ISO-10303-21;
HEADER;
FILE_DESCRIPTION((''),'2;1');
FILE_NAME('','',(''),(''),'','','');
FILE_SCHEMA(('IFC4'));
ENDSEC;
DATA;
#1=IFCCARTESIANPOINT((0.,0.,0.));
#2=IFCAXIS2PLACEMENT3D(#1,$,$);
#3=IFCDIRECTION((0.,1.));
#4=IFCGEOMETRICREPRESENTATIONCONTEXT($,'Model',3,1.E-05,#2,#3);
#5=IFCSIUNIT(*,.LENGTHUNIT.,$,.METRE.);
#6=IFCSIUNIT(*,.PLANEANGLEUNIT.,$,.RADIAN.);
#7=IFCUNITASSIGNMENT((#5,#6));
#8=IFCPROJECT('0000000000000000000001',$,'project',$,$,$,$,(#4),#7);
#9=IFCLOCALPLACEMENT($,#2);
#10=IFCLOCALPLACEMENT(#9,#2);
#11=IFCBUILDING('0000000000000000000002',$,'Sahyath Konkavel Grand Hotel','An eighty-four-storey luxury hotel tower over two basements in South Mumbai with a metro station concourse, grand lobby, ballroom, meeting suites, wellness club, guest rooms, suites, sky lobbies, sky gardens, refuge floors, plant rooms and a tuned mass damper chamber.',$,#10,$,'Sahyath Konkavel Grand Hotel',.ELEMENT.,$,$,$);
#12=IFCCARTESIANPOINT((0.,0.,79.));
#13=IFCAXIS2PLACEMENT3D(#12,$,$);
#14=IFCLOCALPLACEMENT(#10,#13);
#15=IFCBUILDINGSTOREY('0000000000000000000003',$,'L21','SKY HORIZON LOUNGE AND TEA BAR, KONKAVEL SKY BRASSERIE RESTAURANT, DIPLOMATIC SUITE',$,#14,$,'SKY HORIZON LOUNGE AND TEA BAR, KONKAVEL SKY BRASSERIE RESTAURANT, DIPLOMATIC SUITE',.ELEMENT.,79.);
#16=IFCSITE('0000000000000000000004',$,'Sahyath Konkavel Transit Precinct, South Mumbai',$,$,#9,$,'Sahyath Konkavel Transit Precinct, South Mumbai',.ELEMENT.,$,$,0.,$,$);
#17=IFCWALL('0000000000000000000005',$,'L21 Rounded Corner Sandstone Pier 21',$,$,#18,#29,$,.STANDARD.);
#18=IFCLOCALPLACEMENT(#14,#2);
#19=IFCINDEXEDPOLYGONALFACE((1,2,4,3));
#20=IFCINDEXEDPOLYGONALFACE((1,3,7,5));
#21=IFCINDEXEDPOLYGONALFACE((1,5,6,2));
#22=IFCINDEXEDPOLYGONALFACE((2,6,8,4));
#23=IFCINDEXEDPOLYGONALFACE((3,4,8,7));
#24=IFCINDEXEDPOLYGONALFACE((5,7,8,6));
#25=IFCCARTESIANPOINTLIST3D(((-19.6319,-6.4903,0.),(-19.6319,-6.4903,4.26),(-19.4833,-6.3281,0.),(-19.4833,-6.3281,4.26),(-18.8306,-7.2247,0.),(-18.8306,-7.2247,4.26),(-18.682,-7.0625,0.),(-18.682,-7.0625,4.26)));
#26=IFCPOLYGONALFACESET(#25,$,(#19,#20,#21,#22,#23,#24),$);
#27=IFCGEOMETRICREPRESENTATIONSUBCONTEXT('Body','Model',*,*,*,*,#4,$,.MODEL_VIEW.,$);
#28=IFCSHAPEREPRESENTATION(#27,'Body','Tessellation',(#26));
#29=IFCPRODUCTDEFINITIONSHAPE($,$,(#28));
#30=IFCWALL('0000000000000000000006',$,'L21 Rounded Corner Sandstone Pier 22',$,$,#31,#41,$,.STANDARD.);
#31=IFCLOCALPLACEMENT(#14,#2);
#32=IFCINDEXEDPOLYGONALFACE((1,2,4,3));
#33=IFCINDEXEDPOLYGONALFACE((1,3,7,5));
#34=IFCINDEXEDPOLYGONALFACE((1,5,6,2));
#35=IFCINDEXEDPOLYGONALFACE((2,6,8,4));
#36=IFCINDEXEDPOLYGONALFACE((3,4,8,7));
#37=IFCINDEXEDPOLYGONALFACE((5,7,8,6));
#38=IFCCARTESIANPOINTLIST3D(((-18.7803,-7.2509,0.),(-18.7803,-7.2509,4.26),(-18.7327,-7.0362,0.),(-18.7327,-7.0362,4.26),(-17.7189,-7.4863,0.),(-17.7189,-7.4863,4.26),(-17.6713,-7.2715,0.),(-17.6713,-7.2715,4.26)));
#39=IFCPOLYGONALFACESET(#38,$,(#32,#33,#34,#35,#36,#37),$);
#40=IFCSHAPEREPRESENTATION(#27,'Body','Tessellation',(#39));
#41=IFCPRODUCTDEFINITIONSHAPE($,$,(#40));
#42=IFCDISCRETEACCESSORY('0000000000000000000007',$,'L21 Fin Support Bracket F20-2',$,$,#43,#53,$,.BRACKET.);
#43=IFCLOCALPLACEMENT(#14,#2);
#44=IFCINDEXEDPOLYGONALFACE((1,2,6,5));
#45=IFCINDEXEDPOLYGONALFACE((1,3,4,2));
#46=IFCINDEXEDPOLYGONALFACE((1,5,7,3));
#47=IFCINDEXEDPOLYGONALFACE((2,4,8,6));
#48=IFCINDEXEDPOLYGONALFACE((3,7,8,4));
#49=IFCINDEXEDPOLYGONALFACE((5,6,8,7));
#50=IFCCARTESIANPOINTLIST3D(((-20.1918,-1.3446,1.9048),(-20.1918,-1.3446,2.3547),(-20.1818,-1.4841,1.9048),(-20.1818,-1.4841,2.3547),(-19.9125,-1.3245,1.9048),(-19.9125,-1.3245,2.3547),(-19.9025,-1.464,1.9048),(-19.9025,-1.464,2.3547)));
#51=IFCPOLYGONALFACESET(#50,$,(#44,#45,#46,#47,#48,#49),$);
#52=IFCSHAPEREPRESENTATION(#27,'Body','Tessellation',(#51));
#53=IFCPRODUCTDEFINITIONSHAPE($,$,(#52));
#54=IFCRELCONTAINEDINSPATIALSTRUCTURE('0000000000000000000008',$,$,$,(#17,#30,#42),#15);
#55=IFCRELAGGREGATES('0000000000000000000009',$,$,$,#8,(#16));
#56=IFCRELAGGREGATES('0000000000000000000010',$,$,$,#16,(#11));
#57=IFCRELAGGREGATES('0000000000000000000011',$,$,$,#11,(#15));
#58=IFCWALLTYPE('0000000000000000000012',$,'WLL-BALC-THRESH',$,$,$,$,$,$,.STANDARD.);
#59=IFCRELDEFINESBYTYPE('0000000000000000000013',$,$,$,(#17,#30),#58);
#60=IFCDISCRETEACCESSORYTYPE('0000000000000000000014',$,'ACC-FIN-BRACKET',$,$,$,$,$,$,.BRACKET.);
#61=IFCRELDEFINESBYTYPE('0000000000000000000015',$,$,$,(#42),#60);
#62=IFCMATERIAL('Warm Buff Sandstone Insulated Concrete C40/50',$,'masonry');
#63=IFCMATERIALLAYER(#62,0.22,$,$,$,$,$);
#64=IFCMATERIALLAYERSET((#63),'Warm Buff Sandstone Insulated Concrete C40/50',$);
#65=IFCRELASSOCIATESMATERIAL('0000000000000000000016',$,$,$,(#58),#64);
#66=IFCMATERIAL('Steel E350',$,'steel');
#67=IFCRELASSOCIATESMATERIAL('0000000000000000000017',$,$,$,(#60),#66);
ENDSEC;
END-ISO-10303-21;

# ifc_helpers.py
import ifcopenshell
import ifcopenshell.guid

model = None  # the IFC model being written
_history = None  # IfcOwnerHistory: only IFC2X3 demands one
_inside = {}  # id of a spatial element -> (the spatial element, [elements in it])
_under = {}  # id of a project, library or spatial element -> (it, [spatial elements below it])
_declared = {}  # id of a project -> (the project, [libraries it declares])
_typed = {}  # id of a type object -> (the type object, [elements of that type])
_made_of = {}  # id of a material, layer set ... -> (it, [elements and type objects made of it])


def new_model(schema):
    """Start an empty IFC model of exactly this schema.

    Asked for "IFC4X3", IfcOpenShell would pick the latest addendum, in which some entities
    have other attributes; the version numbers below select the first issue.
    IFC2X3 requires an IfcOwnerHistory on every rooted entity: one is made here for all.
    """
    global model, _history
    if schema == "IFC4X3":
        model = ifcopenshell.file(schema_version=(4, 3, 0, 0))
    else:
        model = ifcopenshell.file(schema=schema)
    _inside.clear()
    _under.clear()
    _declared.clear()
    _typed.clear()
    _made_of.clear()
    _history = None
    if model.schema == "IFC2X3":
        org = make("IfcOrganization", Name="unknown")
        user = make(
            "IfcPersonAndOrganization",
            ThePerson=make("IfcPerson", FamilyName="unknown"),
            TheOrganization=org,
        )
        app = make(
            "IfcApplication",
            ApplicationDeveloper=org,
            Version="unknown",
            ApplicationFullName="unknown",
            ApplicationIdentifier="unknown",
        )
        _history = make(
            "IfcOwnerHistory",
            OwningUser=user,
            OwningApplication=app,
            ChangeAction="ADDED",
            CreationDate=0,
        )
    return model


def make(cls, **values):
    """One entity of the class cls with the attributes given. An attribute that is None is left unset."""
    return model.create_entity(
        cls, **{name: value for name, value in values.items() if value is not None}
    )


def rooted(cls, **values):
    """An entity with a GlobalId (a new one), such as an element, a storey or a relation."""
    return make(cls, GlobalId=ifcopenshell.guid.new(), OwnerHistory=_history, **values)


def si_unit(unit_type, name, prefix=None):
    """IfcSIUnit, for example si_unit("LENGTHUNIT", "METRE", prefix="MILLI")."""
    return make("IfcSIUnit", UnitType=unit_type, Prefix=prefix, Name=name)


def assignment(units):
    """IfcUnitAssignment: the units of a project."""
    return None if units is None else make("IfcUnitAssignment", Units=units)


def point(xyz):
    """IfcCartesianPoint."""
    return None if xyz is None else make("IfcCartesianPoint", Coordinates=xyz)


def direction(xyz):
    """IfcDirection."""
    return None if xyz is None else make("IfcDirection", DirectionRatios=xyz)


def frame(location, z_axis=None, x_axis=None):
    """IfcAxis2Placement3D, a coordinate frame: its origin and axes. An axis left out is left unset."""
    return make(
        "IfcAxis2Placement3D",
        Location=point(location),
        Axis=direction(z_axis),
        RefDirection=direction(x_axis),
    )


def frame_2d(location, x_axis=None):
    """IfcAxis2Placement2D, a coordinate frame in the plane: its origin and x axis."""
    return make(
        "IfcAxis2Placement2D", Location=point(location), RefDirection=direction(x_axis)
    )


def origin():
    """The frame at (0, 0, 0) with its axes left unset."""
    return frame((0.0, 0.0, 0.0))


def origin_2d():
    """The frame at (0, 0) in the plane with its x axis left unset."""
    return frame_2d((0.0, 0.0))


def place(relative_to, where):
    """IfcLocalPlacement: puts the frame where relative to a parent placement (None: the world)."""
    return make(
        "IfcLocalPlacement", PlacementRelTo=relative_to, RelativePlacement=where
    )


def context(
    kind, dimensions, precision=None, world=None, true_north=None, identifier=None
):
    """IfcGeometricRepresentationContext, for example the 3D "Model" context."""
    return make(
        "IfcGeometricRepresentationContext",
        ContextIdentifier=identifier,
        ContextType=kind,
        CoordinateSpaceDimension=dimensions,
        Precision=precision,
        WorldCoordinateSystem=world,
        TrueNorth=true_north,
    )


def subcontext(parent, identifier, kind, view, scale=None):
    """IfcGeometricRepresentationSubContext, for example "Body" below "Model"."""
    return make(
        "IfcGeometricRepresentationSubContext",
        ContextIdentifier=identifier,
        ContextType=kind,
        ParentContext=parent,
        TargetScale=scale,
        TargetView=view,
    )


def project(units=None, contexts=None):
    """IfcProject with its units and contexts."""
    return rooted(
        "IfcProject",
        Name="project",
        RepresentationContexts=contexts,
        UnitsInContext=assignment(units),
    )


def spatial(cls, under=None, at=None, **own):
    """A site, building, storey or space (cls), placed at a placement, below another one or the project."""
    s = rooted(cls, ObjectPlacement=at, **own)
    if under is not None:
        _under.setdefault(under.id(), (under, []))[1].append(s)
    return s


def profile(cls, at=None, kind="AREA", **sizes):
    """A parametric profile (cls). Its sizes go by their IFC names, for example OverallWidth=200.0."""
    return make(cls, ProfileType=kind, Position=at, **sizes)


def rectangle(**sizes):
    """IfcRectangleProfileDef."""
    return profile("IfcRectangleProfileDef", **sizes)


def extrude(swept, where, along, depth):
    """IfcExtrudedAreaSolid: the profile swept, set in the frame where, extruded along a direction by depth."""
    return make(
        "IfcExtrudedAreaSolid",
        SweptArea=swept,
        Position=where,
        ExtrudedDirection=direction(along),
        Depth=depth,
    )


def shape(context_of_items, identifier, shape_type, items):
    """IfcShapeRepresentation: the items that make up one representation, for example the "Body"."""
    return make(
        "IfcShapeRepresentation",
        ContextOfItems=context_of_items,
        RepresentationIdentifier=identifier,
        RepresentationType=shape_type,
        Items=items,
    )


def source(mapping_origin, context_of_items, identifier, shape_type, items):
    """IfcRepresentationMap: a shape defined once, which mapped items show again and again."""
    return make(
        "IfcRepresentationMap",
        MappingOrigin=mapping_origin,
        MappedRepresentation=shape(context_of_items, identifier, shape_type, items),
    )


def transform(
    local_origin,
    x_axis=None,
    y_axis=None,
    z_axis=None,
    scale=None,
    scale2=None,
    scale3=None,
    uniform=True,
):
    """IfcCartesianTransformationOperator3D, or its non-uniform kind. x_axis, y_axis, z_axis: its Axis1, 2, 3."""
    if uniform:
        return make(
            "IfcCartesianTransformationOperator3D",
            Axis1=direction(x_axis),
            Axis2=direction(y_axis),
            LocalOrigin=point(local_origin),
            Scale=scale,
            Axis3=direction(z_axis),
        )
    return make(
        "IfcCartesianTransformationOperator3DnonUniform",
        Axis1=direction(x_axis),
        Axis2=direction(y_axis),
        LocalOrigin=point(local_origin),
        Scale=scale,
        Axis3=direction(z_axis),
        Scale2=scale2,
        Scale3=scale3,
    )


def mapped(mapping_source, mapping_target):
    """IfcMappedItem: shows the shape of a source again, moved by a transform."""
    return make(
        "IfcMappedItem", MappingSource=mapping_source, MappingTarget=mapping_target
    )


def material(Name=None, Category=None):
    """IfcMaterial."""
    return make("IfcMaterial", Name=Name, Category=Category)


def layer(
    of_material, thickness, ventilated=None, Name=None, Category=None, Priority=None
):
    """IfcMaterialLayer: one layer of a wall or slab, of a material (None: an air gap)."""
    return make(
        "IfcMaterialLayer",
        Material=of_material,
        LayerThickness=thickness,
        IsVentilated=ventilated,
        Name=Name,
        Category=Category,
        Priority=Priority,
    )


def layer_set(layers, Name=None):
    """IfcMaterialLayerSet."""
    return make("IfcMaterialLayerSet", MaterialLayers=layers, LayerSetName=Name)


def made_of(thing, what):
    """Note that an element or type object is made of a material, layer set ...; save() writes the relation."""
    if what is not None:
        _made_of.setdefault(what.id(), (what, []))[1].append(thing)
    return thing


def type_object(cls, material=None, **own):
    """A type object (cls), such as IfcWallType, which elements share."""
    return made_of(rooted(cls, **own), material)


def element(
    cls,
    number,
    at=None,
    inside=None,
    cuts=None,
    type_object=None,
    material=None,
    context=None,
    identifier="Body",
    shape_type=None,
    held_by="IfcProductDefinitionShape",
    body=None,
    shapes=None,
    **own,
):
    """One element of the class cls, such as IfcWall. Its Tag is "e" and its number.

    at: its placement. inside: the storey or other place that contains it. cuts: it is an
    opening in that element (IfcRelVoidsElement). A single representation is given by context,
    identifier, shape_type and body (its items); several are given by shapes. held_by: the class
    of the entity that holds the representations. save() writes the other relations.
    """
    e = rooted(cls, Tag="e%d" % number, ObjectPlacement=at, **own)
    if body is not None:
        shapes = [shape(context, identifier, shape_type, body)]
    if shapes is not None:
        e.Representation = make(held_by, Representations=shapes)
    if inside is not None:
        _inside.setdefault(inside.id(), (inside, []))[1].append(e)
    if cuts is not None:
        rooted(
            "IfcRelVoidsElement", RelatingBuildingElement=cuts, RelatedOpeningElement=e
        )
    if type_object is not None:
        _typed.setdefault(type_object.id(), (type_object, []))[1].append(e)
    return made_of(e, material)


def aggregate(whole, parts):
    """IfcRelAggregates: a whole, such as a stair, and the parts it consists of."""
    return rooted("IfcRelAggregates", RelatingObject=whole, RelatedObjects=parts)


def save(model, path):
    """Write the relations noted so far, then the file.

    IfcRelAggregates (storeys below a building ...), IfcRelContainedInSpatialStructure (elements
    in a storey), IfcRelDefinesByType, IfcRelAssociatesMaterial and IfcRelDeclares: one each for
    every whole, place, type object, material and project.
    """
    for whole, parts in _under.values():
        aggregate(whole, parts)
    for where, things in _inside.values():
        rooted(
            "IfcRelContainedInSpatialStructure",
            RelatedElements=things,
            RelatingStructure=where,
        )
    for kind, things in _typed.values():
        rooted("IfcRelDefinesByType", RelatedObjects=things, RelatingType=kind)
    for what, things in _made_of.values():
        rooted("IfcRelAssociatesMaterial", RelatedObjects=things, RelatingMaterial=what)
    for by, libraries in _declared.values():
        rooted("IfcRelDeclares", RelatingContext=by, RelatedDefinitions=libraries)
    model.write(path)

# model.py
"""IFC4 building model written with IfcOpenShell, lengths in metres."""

from ifc_helpers import new_model, si_unit, direction, frame, frame_2d, origin, origin_2d, place, context, subcontext, project, spatial, rectangle, extrude, source, transform, mapped, material, layer, layer_set, type_object, element, save


model = new_model("IFC4")

# Units and contexts
model_context = context("Model", 3, precision=1e-05, world=origin(), true_north=direction((0.0, 1.0)))
body_context = subcontext(model_context, "Body", "Model", "MODEL_VIEW")
ifc_project = project(units=[si_unit("LENGTHUNIT", "METRE"), si_unit("PLANEANGLEUNIT", "RADIAN")], contexts=[model_context])

# Site, building, storey
site_placement = place(None, origin())
site = spatial("IfcSite", under=ifc_project, at=site_placement, Name="Sahyath Konkavel Transit Precinct, South Mumbai", LongName="Sahyath Konkavel Transit Precinct, South Mumbai", CompositionType="ELEMENT", RefElevation=0.0)
building_placement = place(site_placement, origin())
building = spatial("IfcBuilding", under=site, at=building_placement, Name="Sahyath Konkavel Grand Hotel", Description="An eighty-four-storey luxury hotel tower over two basements in South Mumbai with a metro station concourse, grand lobby, ballroom, meeting suites, wellness club, guest rooms, suites, sky lobbies, sky gardens, refuge floors, plant rooms and a tuned mass damper chamber.", LongName="Sahyath Konkavel Grand Hotel", CompositionType="ELEMENT")
storey_placement = place(building_placement, frame((0.0, 0.0, 79.0)))
storey = spatial("IfcBuildingStorey", under=building, at=storey_placement, Name="L21", Description="SKY HORIZON LOUNGE AND TEA BAR, KONKAVEL SKY BRASSERIE RESTAURANT, DIPLOMATIC SUITE", LongName="SKY HORIZON LOUNGE AND TEA BAR, KONKAVEL SKY BRASSERIE RESTAURANT, DIPLOMATIC SUITE", CompositionType="ELEMENT", Elevation=79.0)

# Shared definitions
ifc_material_1 = material(Name="Steel E350", Category="steel")

# Walls
ifc_material_2 = material(Name="Warm Buff Sandstone Insulated Concrete C40/50", Category="masonry")
ifc_layer_1 = layer(ifc_material_2, 0.22)
ifc_layer_set_1 = layer_set([ifc_layer_1], Name="Warm Buff Sandstone Insulated Concrete C40/50")
wall_type = type_object("IfcWallType", Name="WLL-BALC-THRESH", PredefinedType="STANDARD", material=ifc_layer_set_1)
wall_1_placement = place(storey_placement, frame((-19.5576, -6.4092, 0.0), z_axis=(0.0, 0.0, 1.0), x_axis=(0.73721, -0.675664, 0.0)))
element("IfcWall", 1, at=wall_1_placement, inside=storey, type_object=wall_type, Name="L21 Rounded Corner Sandstone Pier 21", PredefinedType="STANDARD", context=body_context, shape_type="SweptSolid", body=[
    extrude(rectangle(XDim=1.0869, YDim=0.22, at=frame_2d((0.5435, 0.0))), origin(), (0.0, 0.0, 1.0), 4.26),
])
wall_2_placement = place(storey_placement, frame((-18.7563, -7.1436, 0.0), z_axis=(0.0, 0.0, 1.0), x_axis=(0.976282, -0.216502, 0.0)))
element("IfcWall", 2, at=wall_2_placement, inside=storey, type_object=wall_type, Name="L21 Rounded Corner Sandstone Pier 22", PredefinedType="STANDARD", context=body_context, shape_type="SweptSolid", body=[
    extrude(rectangle(XDim=1.0872, YDim=0.22, at=frame_2d((0.5435, 0.0))), origin(), (0.0, 0.0, 1.0), 4.26),
])

# Discrete accessory
discrete_accessory_type = type_object("IfcDiscreteAccessoryType", Name="ACC-FIN-BRACKET", PredefinedType="BRACKET", material=ifc_material_1)
shared_shape_1 = source(origin(), body_context, "Body", "SweptSolid", [
    extrude(rectangle(XDim=0.28, YDim=0.1399, at=origin_2d()), origin(), (0.0, 0.0, 1.0), 0.45),
])
discrete_accessory_placement = place(storey_placement, frame((-20.0471, -1.4043, 1.9048), z_axis=(0.0, 0.0, 1.0), x_axis=(-0.997436, -0.071567, 0.0)))
element("IfcDiscreteAccessory", 3, at=discrete_accessory_placement, inside=storey, type_object=discrete_accessory_type, Name="L21 Fin Support Bracket F20-2", PredefinedType="BRACKET", context=body_context, shape_type="MappedRepresentation", body=[
    mapped(shared_shape_1, transform((0.0, 0.0, 0.0), scale=1.0)),
])

save(model, "model.ifc")
